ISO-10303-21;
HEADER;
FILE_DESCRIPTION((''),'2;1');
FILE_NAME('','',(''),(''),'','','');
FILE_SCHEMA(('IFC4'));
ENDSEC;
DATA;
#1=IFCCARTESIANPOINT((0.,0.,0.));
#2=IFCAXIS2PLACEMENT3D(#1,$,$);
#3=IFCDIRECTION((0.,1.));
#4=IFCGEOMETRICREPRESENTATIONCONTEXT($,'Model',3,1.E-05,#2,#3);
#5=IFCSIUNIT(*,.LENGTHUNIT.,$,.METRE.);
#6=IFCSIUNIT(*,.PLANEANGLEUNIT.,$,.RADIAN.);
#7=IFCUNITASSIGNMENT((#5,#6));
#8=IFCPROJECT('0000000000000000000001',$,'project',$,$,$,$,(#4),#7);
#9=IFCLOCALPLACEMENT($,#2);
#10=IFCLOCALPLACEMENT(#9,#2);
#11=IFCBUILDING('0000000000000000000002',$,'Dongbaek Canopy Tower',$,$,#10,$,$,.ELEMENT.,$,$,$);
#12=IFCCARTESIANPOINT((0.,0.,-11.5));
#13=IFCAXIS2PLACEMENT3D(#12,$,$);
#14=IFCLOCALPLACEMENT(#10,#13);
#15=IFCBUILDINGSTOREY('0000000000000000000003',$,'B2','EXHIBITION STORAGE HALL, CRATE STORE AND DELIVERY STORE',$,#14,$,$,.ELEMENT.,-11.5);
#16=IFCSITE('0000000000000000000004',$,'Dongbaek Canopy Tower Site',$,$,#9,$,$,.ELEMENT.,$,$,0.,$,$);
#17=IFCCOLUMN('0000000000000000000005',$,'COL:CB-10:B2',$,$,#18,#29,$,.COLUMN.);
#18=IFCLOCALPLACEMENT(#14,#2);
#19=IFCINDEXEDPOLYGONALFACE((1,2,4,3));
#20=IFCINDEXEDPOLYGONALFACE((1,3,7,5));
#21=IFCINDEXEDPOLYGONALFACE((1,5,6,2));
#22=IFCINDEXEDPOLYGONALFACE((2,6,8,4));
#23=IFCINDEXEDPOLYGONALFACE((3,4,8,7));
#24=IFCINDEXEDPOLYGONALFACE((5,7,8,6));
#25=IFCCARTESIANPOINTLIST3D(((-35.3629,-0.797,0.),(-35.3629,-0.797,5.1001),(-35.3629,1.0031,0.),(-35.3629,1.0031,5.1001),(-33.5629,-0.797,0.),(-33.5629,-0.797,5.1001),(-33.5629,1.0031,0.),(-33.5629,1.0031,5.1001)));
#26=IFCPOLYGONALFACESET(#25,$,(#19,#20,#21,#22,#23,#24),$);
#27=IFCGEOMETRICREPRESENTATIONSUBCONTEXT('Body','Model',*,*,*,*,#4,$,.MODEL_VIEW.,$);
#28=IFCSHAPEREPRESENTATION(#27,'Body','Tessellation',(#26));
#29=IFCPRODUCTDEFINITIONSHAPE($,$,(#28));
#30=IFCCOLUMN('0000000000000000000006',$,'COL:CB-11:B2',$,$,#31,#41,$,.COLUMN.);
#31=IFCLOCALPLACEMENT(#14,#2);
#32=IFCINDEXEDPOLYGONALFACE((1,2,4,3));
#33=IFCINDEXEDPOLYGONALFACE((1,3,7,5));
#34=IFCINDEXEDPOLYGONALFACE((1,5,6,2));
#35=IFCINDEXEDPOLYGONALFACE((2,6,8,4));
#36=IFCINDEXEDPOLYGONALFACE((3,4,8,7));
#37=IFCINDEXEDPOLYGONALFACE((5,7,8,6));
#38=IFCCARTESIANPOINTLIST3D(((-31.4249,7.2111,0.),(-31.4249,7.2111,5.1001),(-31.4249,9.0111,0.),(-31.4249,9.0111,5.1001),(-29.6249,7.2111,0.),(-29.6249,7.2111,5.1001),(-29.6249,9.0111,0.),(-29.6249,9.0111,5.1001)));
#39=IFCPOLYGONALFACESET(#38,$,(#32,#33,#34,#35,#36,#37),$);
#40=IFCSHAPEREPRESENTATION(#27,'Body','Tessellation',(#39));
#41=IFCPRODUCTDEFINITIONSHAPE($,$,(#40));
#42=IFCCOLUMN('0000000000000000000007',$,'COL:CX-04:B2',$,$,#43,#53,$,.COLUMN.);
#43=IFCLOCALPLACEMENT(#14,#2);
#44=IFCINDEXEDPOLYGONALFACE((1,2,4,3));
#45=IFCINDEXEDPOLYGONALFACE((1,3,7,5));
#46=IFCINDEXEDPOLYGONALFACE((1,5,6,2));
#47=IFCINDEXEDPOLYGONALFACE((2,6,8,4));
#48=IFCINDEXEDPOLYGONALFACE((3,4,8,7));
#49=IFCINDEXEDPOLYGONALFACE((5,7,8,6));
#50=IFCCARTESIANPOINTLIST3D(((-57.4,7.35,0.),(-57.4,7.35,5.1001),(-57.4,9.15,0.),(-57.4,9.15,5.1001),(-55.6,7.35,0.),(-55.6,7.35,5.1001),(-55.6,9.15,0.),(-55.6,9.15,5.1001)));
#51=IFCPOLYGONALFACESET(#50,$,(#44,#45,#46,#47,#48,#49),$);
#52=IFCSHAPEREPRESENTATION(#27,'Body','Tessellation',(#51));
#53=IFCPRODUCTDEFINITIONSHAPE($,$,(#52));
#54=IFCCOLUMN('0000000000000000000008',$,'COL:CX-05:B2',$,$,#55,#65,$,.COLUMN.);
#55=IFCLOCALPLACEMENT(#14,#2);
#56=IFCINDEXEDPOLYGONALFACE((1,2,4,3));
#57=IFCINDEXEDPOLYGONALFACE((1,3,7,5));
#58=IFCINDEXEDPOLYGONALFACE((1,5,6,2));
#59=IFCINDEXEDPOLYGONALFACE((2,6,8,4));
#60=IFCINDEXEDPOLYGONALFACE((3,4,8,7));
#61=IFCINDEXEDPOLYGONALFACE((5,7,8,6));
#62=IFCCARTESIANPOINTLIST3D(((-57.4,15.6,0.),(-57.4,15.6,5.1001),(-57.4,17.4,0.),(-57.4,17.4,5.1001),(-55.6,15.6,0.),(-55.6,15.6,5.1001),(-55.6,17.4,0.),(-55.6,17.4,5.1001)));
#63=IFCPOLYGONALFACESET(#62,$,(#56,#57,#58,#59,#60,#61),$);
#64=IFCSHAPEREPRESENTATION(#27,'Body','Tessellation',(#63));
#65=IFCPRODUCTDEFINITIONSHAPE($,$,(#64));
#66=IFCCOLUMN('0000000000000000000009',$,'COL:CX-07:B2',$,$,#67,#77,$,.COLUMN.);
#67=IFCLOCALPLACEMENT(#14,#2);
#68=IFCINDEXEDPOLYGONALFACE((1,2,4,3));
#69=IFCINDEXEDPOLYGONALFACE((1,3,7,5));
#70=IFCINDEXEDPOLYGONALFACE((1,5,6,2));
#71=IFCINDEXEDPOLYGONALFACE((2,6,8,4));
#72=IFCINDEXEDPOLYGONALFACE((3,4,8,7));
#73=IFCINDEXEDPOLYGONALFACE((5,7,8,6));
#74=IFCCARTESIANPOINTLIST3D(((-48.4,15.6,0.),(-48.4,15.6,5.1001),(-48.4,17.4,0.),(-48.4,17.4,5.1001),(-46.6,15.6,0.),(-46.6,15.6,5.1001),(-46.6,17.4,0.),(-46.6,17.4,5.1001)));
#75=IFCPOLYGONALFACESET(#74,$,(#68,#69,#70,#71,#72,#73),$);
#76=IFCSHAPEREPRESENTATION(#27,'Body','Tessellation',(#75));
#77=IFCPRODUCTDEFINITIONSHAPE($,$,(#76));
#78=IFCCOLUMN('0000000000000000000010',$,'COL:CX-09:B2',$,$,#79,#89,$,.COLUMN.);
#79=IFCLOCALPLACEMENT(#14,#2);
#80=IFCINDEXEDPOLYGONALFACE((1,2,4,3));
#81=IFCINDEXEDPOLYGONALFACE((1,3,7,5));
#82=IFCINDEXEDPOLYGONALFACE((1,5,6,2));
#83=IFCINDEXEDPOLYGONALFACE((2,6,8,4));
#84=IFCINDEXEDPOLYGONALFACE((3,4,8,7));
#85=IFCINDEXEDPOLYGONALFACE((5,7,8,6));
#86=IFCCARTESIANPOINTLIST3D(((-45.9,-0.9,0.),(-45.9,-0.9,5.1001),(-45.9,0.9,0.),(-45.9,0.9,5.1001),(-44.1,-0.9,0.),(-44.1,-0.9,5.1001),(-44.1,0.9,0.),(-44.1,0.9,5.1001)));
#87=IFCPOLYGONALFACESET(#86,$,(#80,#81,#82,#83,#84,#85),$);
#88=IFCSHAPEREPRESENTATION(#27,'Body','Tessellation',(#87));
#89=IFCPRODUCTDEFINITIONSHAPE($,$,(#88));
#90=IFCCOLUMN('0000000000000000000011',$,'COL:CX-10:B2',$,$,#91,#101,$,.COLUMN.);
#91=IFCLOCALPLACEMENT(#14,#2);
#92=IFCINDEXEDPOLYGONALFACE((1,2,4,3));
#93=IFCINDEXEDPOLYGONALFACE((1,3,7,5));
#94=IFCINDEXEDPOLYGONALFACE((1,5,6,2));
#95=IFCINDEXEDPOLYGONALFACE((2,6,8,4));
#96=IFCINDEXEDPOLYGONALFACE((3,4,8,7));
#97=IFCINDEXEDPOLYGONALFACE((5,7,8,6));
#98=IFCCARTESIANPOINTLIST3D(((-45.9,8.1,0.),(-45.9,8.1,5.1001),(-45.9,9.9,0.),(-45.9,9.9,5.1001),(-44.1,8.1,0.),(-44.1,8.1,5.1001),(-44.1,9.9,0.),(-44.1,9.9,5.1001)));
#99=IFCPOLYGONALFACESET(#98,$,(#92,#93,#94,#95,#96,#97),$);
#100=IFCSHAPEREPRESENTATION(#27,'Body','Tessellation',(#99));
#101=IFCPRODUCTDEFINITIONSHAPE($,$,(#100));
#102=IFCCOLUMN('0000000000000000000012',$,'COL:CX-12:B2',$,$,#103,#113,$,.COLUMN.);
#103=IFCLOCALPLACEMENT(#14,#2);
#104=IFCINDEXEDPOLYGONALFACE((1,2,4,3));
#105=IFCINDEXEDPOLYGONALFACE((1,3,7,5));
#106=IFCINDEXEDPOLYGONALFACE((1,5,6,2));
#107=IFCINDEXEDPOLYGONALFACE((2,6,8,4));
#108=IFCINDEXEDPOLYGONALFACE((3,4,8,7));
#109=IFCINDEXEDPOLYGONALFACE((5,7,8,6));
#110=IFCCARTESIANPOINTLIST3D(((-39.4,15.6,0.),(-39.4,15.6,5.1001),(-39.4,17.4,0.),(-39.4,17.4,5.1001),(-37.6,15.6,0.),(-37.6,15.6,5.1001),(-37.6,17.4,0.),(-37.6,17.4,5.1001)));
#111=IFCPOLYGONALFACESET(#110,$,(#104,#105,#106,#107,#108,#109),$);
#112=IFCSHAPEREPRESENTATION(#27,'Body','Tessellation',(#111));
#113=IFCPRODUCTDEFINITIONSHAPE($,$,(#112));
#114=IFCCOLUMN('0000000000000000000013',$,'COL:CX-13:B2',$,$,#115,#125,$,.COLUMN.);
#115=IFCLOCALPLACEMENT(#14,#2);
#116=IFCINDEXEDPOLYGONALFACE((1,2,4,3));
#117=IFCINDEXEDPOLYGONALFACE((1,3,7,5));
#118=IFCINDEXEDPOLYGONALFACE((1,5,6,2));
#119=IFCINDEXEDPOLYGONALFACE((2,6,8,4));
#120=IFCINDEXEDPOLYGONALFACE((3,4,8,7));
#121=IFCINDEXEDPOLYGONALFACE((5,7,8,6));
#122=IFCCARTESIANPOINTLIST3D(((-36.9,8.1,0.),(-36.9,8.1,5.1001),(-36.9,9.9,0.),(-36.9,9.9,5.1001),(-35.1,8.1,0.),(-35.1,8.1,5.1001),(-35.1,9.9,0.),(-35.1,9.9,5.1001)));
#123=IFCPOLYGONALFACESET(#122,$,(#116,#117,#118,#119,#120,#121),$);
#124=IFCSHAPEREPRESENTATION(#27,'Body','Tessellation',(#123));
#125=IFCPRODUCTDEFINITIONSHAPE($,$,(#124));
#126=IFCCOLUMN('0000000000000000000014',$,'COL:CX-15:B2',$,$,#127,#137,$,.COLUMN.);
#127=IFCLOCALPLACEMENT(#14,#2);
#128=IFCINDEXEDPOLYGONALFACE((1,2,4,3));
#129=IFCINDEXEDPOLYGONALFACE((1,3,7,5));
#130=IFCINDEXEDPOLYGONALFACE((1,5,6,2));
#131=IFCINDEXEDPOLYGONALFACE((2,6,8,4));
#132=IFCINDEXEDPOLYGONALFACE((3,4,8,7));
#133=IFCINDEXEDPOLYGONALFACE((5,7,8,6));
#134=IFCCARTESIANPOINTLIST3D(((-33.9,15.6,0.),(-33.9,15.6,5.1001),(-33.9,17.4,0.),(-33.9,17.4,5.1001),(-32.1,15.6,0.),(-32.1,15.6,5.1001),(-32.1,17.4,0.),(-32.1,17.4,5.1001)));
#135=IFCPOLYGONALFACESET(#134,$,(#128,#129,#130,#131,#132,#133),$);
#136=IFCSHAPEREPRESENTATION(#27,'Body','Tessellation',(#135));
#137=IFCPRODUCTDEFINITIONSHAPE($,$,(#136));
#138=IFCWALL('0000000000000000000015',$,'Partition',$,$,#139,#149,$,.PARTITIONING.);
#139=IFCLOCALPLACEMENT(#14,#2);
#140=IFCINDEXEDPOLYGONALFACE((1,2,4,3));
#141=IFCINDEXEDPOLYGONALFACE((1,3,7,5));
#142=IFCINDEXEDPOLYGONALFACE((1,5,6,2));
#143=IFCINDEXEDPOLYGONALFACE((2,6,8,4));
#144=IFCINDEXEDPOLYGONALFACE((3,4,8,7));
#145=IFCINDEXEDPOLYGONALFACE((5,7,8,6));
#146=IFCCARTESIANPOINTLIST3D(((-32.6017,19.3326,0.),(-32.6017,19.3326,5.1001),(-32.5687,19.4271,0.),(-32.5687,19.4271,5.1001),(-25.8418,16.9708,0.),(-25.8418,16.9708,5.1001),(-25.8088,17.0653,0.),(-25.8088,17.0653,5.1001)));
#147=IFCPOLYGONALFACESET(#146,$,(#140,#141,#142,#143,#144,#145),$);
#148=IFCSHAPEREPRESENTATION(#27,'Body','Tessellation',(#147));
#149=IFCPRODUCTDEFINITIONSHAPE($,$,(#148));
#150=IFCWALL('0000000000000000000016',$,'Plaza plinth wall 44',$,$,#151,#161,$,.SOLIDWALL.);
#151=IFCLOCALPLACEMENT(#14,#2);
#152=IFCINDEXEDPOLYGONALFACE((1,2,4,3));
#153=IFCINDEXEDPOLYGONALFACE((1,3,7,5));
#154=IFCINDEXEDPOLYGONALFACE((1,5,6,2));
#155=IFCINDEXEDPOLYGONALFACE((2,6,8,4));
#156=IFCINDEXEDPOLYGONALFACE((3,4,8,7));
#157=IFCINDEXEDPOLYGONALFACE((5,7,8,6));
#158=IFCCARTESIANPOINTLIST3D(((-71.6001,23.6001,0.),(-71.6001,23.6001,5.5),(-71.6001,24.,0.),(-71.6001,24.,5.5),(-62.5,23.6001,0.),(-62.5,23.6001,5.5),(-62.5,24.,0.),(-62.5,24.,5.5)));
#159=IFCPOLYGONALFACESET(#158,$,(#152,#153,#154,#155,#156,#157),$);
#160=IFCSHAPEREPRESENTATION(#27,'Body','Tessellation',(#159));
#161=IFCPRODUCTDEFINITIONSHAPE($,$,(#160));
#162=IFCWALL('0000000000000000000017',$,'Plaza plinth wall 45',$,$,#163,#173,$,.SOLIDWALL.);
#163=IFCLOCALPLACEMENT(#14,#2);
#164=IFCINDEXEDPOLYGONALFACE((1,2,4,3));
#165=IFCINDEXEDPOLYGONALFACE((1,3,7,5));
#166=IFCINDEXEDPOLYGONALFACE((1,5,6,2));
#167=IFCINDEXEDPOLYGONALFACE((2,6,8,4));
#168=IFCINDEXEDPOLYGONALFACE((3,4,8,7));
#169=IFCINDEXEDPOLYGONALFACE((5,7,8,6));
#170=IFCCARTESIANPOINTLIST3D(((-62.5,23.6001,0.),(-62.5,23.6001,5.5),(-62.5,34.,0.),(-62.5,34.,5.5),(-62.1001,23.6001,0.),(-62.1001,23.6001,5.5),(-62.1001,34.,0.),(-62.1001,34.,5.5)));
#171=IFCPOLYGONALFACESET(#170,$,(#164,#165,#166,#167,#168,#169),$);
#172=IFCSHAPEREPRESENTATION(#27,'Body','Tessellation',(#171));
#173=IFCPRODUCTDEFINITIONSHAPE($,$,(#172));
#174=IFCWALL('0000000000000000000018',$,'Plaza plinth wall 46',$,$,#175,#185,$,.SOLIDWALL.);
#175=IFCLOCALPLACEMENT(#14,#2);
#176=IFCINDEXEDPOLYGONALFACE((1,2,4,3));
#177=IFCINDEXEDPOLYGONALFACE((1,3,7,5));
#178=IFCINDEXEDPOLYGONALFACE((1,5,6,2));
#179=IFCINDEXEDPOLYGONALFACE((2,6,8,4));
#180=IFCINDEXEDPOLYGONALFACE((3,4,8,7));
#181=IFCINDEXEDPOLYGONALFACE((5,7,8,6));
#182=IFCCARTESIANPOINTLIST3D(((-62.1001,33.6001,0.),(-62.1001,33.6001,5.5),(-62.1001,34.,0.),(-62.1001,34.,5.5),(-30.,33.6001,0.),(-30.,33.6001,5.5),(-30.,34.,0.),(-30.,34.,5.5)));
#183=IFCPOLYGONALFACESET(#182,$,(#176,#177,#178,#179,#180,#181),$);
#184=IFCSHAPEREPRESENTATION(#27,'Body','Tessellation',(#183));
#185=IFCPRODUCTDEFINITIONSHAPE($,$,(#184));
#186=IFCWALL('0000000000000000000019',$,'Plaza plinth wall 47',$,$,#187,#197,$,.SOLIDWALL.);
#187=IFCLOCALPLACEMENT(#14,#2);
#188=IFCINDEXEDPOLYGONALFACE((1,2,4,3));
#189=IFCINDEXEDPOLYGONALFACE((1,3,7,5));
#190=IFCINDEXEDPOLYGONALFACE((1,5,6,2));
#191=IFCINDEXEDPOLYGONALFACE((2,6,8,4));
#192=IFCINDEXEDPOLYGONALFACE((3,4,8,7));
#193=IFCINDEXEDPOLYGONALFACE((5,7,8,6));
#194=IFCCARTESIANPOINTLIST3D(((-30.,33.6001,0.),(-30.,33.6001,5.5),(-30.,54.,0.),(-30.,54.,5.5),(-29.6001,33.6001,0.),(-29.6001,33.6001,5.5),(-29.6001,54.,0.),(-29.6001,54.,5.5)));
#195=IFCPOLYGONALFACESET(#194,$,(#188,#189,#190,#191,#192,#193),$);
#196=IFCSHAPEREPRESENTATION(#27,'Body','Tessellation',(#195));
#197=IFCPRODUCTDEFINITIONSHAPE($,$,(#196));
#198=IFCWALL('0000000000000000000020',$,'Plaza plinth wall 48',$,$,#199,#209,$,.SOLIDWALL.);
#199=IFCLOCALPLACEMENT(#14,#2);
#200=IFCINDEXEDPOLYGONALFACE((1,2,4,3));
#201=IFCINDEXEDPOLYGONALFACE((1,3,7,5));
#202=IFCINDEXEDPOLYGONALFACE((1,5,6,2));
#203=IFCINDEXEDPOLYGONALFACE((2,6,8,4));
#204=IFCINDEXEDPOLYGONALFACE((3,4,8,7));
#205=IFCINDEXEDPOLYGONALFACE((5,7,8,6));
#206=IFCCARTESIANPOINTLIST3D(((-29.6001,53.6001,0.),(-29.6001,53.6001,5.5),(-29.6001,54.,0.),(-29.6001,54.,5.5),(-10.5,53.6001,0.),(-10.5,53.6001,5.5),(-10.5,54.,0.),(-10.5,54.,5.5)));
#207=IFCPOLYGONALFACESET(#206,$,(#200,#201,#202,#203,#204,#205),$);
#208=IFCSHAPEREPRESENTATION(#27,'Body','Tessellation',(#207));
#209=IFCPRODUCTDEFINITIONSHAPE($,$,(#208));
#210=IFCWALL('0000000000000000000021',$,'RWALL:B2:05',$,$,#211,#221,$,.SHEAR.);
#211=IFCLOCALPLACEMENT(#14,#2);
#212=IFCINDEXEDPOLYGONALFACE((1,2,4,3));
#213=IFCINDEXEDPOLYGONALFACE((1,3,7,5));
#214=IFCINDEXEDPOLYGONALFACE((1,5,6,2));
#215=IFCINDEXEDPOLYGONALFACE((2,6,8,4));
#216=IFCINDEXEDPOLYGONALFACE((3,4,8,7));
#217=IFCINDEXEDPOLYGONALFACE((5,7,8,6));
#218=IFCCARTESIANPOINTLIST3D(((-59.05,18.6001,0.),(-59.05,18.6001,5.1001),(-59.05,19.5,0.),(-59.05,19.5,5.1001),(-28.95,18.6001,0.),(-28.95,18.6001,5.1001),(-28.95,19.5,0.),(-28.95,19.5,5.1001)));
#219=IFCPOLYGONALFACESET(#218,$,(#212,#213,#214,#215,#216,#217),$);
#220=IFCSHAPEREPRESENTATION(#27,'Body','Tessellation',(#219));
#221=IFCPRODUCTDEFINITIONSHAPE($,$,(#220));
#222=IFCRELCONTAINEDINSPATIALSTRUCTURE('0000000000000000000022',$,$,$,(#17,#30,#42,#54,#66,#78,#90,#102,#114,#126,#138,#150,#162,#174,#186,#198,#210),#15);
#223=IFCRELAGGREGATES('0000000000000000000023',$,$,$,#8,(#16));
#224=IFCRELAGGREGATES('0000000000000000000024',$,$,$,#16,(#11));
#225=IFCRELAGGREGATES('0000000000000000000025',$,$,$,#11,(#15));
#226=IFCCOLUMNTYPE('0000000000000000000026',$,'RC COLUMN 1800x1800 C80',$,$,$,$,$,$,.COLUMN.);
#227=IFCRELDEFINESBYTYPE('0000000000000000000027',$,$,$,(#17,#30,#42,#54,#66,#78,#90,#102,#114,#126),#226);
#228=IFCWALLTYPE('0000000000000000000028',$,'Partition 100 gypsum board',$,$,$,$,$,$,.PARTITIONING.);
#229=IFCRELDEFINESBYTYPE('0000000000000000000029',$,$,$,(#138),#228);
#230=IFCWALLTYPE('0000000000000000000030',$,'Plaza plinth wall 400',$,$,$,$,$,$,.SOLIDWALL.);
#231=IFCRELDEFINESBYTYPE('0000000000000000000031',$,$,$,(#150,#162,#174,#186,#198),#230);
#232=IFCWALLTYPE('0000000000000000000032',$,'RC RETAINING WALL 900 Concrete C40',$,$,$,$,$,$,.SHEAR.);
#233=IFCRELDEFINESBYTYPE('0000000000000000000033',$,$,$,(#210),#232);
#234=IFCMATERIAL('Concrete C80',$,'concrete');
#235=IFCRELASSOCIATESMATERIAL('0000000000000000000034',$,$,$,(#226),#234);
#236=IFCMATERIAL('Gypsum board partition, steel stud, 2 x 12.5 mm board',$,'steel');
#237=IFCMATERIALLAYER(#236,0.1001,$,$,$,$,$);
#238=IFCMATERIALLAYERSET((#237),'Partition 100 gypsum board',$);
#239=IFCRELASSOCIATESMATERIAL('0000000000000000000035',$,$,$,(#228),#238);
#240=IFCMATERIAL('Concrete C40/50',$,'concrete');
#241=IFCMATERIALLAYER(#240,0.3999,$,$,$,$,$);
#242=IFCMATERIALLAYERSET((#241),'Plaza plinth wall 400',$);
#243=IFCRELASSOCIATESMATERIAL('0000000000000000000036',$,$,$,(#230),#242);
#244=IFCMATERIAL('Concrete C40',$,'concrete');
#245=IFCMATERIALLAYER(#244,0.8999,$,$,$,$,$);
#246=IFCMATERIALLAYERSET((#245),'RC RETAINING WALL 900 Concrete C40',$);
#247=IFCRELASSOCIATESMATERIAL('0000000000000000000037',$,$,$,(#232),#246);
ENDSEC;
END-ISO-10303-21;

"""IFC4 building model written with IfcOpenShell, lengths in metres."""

from ifc_helpers import new_model, si_unit, direction, frame, frame_2d, origin, origin_2d, place, context, subcontext, project, spatial, rectangle, extrude, material, layer, layer_set, material_profile, profile_set, type_object, element, save


model = new_model("IFC4")

# Units and contexts
model_context = context("Model", 3, precision=1e-05, world=origin(), true_north=direction((0.0, 1.0)))
body_context = subcontext(model_context, "Body", "Model", "MODEL_VIEW")
ifc_project = project(units=[si_unit("LENGTHUNIT", "METRE"), si_unit("PLANEANGLEUNIT", "RADIAN")], contexts=[model_context])

# Site, building, storey
site_placement = place(None, origin())
site = spatial("IfcSite", under=ifc_project, at=site_placement, Name="Dongbaek Canopy Tower Site", CompositionType="ELEMENT", RefElevation=0.0)
building_placement = place(site_placement, origin())
building = spatial("IfcBuilding", under=site, at=building_placement, Name="Dongbaek Canopy Tower", CompositionType="ELEMENT")
storey_placement = place(building_placement, frame((0.0, 0.0, -11.5)))
storey = spatial("IfcBuildingStorey", under=building, at=storey_placement, Name="B2", Description="EXHIBITION STORAGE HALL, CRATE STORE AND DELIVERY STORE", CompositionType="ELEMENT", Elevation=-11.5)

# Columns
ifc_material_1 = material(Name="Concrete C80", Category="concrete")
ifc_material_profile = material_profile(ifc_material_1, rectangle(XDim=1.8, YDim=1.8, at=origin_2d()), Name="RC COLUMN 1800x1800 C80")
ifc_profile_set = profile_set([ifc_material_profile], Name="Concrete C80")
column_type = type_object("IfcColumnType", Name="RC COLUMN 1800x1800 C80", PredefinedType="COLUMN", material=ifc_profile_set)
for number, where, z_axis, x_axis, name in (
    (1, (-34.4629, 0.103, 0.0), (0.0, 0.0, 1.0), (1.0, 0.0, 0.0), "COL:CB-10:B2"),
    (2, (-30.5249, 8.1111, 0.0), (0.0, 0.0, 1.0), (1.0, 0.0, 0.0), "COL:CB-11:B2"),
    (3, (-56.5, 8.25, 0.0), (0.0, 0.0, 1.0), (1.0, 0.0, 0.0), "COL:CX-04:B2"),
    (4, (-56.5, 16.5, 0.0), (0.0, 0.0, 1.0), (1.0, 0.0, 0.0), "COL:CX-05:B2"),
    (5, (-47.5, 16.5, 0.0), (0.0, 0.0, 1.0), (1.0, 0.0, 0.0), "COL:CX-07:B2"),
    (6, (-45.0, 0.0, 0.0), (0.0, 0.0, 1.0), (1.0, 0.0, 0.0), "COL:CX-09:B2"),
    (7, (-45.0, 9.0, 0.0), (0.0, 0.0, 1.0), (1.0, 0.0, 0.0), "COL:CX-10:B2"),
    (8, (-38.5, 16.5, 0.0), (0.0, 0.0, 1.0), (1.0, 0.0, 0.0), "COL:CX-12:B2"),
    (9, (-36.0, 9.0, 0.0), (0.0, 0.0, 1.0), (1.0, 0.0, 0.0), "COL:CX-13:B2"),
    (10, (-33.0, 16.5, 0.0), (0.0, 0.0, 1.0), (1.0, 0.0, 0.0), "COL:CX-15:B2"),
):
    element("IfcColumn", number, at=place(storey_placement, frame(where, z_axis=z_axis, x_axis=x_axis)), inside=storey, type_object=column_type, Name=name, PredefinedType="COLUMN", context=body_context, shape_type="SweptSolid", body=[
        extrude(rectangle(XDim=1.8, YDim=1.8, at=origin_2d()), origin(), (0.0, 0.0, 1.0), 5.1001),
    ])

# Walls
ifc_material_2 = material(Name="Gypsum board partition, steel stud, 2 x 12.5 mm board", Category="steel")
ifc_layer_1 = layer(ifc_material_2, 0.1001)
ifc_layer_set_1 = layer_set([ifc_layer_1], Name="Partition 100 gypsum board")
wall_type_1 = type_object("IfcWallType", Name="Partition 100 gypsum board", PredefinedType="PARTITIONING", material=ifc_layer_set_1)
wall_1_placement = place(storey_placement, frame((-32.5852, 19.3799, 0.0), z_axis=(0.0, 0.0, 1.0), x_axis=(0.944041, -0.329829, 0.0)))
element("IfcWall", 11, at=wall_1_placement, inside=storey, type_object=wall_type_1, Name="Partition", PredefinedType="PARTITIONING", context=body_context, shape_type="SweptSolid", body=[
    extrude(rectangle(XDim=7.1606, YDim=0.1001, at=frame_2d((3.5803, 0.0))), origin(), (0.0, 0.0, 1.0), 5.1001),
])
ifc_material_3 = material(Name="Concrete C40/50", Category="concrete")
ifc_layer_2 = layer(ifc_material_3, 0.3999)
ifc_layer_set_2 = layer_set([ifc_layer_2], Name="Plaza plinth wall 400")
wall_type_2 = type_object("IfcWallType", Name="Plaza plinth wall 400", PredefinedType="SOLIDWALL", material=ifc_layer_set_2)
wall_2_placement = place(storey_placement, frame((-71.6001, 23.8, 0.0), z_axis=(0.0, 0.0, 1.0), x_axis=(1.0, 0.0, 0.0)))
element("IfcWall", 12, at=wall_2_placement, inside=storey, type_object=wall_type_2, Name="Plaza plinth wall 44", PredefinedType="SOLIDWALL", context=body_context, shape_type="SweptSolid", body=[
    extrude(rectangle(XDim=9.1001, YDim=0.3999, at=frame_2d((4.55, 0.0))), origin(), (0.0, 0.0, 1.0), 5.5),
])
wall_3_placement = place(storey_placement, frame((-62.3, 23.6001, 0.0), z_axis=(0.0, 0.0, 1.0), x_axis=(0.0, 1.0, 0.0)))
element("IfcWall", 13, at=wall_3_placement, inside=storey, type_object=wall_type_2, Name="Plaza plinth wall 45", PredefinedType="SOLIDWALL", context=body_context, shape_type="SweptSolid", body=[
    extrude(rectangle(XDim=10.3999, YDim=0.3999, at=frame_2d((5.2, 0.0))), origin(), (0.0, 0.0, 1.0), 5.5),
])
wall_4_placement = place(storey_placement, frame((-62.1001, 33.8, 0.0), z_axis=(0.0, 0.0, 1.0), x_axis=(1.0, 0.0, 0.0)))
element("IfcWall", 14, at=wall_4_placement, inside=storey, type_object=wall_type_2, Name="Plaza plinth wall 46", PredefinedType="SOLIDWALL", context=body_context, shape_type="SweptSolid", body=[
    extrude(rectangle(XDim=32.1001, YDim=0.3999, at=frame_2d((16.05, 0.0))), origin(), (0.0, 0.0, 1.0), 5.5),
])
wall_5_placement = place(storey_placement, frame((-29.8, 33.6001, 0.0), z_axis=(0.0, 0.0, 1.0), x_axis=(0.0, 1.0, 0.0)))
element("IfcWall", 15, at=wall_5_placement, inside=storey, type_object=wall_type_2, Name="Plaza plinth wall 47", PredefinedType="SOLIDWALL", context=body_context, shape_type="SweptSolid", body=[
    extrude(rectangle(XDim=20.3999, YDim=0.3999, at=frame_2d((10.2, 0.0))), origin(), (0.0, 0.0, 1.0), 5.5),
])
wall_6_placement = place(storey_placement, frame((-29.6001, 53.8, 0.0), z_axis=(0.0, 0.0, 1.0), x_axis=(1.0, 0.0, 0.0)))
element("IfcWall", 16, at=wall_6_placement, inside=storey, type_object=wall_type_2, Name="Plaza plinth wall 48", PredefinedType="SOLIDWALL", context=body_context, shape_type="SweptSolid", body=[
    extrude(rectangle(XDim=19.1001, YDim=0.3999, at=frame_2d((9.55, 0.0))), origin(), (0.0, 0.0, 1.0), 5.5),
])
ifc_material_4 = material(Name="Concrete C40", Category="concrete")
ifc_layer_3 = layer(ifc_material_4, 0.8999)
ifc_layer_set_3 = layer_set([ifc_layer_3], Name="RC RETAINING WALL 900 Concrete C40")
wall_type_3 = type_object("IfcWallType", Name="RC RETAINING WALL 900 Concrete C40", PredefinedType="SHEAR", material=ifc_layer_set_3)
wall_7_placement = place(storey_placement, frame((-59.05, 19.05, 0.0), z_axis=(0.0, 0.0, 1.0), x_axis=(1.0, 0.0, 0.0)))
element("IfcWall", 17, at=wall_7_placement, inside=storey, type_object=wall_type_3, Name="RWALL:B2:05", PredefinedType="SHEAR", context=body_context, shape_type="SweptSolid", body=[
    extrude(rectangle(XDim=30.1001, YDim=0.8999, at=frame_2d((15.05, 0.0))), origin(), (0.0, 0.0, 1.0), 5.1001),
])

save(model, "model.ifc")
